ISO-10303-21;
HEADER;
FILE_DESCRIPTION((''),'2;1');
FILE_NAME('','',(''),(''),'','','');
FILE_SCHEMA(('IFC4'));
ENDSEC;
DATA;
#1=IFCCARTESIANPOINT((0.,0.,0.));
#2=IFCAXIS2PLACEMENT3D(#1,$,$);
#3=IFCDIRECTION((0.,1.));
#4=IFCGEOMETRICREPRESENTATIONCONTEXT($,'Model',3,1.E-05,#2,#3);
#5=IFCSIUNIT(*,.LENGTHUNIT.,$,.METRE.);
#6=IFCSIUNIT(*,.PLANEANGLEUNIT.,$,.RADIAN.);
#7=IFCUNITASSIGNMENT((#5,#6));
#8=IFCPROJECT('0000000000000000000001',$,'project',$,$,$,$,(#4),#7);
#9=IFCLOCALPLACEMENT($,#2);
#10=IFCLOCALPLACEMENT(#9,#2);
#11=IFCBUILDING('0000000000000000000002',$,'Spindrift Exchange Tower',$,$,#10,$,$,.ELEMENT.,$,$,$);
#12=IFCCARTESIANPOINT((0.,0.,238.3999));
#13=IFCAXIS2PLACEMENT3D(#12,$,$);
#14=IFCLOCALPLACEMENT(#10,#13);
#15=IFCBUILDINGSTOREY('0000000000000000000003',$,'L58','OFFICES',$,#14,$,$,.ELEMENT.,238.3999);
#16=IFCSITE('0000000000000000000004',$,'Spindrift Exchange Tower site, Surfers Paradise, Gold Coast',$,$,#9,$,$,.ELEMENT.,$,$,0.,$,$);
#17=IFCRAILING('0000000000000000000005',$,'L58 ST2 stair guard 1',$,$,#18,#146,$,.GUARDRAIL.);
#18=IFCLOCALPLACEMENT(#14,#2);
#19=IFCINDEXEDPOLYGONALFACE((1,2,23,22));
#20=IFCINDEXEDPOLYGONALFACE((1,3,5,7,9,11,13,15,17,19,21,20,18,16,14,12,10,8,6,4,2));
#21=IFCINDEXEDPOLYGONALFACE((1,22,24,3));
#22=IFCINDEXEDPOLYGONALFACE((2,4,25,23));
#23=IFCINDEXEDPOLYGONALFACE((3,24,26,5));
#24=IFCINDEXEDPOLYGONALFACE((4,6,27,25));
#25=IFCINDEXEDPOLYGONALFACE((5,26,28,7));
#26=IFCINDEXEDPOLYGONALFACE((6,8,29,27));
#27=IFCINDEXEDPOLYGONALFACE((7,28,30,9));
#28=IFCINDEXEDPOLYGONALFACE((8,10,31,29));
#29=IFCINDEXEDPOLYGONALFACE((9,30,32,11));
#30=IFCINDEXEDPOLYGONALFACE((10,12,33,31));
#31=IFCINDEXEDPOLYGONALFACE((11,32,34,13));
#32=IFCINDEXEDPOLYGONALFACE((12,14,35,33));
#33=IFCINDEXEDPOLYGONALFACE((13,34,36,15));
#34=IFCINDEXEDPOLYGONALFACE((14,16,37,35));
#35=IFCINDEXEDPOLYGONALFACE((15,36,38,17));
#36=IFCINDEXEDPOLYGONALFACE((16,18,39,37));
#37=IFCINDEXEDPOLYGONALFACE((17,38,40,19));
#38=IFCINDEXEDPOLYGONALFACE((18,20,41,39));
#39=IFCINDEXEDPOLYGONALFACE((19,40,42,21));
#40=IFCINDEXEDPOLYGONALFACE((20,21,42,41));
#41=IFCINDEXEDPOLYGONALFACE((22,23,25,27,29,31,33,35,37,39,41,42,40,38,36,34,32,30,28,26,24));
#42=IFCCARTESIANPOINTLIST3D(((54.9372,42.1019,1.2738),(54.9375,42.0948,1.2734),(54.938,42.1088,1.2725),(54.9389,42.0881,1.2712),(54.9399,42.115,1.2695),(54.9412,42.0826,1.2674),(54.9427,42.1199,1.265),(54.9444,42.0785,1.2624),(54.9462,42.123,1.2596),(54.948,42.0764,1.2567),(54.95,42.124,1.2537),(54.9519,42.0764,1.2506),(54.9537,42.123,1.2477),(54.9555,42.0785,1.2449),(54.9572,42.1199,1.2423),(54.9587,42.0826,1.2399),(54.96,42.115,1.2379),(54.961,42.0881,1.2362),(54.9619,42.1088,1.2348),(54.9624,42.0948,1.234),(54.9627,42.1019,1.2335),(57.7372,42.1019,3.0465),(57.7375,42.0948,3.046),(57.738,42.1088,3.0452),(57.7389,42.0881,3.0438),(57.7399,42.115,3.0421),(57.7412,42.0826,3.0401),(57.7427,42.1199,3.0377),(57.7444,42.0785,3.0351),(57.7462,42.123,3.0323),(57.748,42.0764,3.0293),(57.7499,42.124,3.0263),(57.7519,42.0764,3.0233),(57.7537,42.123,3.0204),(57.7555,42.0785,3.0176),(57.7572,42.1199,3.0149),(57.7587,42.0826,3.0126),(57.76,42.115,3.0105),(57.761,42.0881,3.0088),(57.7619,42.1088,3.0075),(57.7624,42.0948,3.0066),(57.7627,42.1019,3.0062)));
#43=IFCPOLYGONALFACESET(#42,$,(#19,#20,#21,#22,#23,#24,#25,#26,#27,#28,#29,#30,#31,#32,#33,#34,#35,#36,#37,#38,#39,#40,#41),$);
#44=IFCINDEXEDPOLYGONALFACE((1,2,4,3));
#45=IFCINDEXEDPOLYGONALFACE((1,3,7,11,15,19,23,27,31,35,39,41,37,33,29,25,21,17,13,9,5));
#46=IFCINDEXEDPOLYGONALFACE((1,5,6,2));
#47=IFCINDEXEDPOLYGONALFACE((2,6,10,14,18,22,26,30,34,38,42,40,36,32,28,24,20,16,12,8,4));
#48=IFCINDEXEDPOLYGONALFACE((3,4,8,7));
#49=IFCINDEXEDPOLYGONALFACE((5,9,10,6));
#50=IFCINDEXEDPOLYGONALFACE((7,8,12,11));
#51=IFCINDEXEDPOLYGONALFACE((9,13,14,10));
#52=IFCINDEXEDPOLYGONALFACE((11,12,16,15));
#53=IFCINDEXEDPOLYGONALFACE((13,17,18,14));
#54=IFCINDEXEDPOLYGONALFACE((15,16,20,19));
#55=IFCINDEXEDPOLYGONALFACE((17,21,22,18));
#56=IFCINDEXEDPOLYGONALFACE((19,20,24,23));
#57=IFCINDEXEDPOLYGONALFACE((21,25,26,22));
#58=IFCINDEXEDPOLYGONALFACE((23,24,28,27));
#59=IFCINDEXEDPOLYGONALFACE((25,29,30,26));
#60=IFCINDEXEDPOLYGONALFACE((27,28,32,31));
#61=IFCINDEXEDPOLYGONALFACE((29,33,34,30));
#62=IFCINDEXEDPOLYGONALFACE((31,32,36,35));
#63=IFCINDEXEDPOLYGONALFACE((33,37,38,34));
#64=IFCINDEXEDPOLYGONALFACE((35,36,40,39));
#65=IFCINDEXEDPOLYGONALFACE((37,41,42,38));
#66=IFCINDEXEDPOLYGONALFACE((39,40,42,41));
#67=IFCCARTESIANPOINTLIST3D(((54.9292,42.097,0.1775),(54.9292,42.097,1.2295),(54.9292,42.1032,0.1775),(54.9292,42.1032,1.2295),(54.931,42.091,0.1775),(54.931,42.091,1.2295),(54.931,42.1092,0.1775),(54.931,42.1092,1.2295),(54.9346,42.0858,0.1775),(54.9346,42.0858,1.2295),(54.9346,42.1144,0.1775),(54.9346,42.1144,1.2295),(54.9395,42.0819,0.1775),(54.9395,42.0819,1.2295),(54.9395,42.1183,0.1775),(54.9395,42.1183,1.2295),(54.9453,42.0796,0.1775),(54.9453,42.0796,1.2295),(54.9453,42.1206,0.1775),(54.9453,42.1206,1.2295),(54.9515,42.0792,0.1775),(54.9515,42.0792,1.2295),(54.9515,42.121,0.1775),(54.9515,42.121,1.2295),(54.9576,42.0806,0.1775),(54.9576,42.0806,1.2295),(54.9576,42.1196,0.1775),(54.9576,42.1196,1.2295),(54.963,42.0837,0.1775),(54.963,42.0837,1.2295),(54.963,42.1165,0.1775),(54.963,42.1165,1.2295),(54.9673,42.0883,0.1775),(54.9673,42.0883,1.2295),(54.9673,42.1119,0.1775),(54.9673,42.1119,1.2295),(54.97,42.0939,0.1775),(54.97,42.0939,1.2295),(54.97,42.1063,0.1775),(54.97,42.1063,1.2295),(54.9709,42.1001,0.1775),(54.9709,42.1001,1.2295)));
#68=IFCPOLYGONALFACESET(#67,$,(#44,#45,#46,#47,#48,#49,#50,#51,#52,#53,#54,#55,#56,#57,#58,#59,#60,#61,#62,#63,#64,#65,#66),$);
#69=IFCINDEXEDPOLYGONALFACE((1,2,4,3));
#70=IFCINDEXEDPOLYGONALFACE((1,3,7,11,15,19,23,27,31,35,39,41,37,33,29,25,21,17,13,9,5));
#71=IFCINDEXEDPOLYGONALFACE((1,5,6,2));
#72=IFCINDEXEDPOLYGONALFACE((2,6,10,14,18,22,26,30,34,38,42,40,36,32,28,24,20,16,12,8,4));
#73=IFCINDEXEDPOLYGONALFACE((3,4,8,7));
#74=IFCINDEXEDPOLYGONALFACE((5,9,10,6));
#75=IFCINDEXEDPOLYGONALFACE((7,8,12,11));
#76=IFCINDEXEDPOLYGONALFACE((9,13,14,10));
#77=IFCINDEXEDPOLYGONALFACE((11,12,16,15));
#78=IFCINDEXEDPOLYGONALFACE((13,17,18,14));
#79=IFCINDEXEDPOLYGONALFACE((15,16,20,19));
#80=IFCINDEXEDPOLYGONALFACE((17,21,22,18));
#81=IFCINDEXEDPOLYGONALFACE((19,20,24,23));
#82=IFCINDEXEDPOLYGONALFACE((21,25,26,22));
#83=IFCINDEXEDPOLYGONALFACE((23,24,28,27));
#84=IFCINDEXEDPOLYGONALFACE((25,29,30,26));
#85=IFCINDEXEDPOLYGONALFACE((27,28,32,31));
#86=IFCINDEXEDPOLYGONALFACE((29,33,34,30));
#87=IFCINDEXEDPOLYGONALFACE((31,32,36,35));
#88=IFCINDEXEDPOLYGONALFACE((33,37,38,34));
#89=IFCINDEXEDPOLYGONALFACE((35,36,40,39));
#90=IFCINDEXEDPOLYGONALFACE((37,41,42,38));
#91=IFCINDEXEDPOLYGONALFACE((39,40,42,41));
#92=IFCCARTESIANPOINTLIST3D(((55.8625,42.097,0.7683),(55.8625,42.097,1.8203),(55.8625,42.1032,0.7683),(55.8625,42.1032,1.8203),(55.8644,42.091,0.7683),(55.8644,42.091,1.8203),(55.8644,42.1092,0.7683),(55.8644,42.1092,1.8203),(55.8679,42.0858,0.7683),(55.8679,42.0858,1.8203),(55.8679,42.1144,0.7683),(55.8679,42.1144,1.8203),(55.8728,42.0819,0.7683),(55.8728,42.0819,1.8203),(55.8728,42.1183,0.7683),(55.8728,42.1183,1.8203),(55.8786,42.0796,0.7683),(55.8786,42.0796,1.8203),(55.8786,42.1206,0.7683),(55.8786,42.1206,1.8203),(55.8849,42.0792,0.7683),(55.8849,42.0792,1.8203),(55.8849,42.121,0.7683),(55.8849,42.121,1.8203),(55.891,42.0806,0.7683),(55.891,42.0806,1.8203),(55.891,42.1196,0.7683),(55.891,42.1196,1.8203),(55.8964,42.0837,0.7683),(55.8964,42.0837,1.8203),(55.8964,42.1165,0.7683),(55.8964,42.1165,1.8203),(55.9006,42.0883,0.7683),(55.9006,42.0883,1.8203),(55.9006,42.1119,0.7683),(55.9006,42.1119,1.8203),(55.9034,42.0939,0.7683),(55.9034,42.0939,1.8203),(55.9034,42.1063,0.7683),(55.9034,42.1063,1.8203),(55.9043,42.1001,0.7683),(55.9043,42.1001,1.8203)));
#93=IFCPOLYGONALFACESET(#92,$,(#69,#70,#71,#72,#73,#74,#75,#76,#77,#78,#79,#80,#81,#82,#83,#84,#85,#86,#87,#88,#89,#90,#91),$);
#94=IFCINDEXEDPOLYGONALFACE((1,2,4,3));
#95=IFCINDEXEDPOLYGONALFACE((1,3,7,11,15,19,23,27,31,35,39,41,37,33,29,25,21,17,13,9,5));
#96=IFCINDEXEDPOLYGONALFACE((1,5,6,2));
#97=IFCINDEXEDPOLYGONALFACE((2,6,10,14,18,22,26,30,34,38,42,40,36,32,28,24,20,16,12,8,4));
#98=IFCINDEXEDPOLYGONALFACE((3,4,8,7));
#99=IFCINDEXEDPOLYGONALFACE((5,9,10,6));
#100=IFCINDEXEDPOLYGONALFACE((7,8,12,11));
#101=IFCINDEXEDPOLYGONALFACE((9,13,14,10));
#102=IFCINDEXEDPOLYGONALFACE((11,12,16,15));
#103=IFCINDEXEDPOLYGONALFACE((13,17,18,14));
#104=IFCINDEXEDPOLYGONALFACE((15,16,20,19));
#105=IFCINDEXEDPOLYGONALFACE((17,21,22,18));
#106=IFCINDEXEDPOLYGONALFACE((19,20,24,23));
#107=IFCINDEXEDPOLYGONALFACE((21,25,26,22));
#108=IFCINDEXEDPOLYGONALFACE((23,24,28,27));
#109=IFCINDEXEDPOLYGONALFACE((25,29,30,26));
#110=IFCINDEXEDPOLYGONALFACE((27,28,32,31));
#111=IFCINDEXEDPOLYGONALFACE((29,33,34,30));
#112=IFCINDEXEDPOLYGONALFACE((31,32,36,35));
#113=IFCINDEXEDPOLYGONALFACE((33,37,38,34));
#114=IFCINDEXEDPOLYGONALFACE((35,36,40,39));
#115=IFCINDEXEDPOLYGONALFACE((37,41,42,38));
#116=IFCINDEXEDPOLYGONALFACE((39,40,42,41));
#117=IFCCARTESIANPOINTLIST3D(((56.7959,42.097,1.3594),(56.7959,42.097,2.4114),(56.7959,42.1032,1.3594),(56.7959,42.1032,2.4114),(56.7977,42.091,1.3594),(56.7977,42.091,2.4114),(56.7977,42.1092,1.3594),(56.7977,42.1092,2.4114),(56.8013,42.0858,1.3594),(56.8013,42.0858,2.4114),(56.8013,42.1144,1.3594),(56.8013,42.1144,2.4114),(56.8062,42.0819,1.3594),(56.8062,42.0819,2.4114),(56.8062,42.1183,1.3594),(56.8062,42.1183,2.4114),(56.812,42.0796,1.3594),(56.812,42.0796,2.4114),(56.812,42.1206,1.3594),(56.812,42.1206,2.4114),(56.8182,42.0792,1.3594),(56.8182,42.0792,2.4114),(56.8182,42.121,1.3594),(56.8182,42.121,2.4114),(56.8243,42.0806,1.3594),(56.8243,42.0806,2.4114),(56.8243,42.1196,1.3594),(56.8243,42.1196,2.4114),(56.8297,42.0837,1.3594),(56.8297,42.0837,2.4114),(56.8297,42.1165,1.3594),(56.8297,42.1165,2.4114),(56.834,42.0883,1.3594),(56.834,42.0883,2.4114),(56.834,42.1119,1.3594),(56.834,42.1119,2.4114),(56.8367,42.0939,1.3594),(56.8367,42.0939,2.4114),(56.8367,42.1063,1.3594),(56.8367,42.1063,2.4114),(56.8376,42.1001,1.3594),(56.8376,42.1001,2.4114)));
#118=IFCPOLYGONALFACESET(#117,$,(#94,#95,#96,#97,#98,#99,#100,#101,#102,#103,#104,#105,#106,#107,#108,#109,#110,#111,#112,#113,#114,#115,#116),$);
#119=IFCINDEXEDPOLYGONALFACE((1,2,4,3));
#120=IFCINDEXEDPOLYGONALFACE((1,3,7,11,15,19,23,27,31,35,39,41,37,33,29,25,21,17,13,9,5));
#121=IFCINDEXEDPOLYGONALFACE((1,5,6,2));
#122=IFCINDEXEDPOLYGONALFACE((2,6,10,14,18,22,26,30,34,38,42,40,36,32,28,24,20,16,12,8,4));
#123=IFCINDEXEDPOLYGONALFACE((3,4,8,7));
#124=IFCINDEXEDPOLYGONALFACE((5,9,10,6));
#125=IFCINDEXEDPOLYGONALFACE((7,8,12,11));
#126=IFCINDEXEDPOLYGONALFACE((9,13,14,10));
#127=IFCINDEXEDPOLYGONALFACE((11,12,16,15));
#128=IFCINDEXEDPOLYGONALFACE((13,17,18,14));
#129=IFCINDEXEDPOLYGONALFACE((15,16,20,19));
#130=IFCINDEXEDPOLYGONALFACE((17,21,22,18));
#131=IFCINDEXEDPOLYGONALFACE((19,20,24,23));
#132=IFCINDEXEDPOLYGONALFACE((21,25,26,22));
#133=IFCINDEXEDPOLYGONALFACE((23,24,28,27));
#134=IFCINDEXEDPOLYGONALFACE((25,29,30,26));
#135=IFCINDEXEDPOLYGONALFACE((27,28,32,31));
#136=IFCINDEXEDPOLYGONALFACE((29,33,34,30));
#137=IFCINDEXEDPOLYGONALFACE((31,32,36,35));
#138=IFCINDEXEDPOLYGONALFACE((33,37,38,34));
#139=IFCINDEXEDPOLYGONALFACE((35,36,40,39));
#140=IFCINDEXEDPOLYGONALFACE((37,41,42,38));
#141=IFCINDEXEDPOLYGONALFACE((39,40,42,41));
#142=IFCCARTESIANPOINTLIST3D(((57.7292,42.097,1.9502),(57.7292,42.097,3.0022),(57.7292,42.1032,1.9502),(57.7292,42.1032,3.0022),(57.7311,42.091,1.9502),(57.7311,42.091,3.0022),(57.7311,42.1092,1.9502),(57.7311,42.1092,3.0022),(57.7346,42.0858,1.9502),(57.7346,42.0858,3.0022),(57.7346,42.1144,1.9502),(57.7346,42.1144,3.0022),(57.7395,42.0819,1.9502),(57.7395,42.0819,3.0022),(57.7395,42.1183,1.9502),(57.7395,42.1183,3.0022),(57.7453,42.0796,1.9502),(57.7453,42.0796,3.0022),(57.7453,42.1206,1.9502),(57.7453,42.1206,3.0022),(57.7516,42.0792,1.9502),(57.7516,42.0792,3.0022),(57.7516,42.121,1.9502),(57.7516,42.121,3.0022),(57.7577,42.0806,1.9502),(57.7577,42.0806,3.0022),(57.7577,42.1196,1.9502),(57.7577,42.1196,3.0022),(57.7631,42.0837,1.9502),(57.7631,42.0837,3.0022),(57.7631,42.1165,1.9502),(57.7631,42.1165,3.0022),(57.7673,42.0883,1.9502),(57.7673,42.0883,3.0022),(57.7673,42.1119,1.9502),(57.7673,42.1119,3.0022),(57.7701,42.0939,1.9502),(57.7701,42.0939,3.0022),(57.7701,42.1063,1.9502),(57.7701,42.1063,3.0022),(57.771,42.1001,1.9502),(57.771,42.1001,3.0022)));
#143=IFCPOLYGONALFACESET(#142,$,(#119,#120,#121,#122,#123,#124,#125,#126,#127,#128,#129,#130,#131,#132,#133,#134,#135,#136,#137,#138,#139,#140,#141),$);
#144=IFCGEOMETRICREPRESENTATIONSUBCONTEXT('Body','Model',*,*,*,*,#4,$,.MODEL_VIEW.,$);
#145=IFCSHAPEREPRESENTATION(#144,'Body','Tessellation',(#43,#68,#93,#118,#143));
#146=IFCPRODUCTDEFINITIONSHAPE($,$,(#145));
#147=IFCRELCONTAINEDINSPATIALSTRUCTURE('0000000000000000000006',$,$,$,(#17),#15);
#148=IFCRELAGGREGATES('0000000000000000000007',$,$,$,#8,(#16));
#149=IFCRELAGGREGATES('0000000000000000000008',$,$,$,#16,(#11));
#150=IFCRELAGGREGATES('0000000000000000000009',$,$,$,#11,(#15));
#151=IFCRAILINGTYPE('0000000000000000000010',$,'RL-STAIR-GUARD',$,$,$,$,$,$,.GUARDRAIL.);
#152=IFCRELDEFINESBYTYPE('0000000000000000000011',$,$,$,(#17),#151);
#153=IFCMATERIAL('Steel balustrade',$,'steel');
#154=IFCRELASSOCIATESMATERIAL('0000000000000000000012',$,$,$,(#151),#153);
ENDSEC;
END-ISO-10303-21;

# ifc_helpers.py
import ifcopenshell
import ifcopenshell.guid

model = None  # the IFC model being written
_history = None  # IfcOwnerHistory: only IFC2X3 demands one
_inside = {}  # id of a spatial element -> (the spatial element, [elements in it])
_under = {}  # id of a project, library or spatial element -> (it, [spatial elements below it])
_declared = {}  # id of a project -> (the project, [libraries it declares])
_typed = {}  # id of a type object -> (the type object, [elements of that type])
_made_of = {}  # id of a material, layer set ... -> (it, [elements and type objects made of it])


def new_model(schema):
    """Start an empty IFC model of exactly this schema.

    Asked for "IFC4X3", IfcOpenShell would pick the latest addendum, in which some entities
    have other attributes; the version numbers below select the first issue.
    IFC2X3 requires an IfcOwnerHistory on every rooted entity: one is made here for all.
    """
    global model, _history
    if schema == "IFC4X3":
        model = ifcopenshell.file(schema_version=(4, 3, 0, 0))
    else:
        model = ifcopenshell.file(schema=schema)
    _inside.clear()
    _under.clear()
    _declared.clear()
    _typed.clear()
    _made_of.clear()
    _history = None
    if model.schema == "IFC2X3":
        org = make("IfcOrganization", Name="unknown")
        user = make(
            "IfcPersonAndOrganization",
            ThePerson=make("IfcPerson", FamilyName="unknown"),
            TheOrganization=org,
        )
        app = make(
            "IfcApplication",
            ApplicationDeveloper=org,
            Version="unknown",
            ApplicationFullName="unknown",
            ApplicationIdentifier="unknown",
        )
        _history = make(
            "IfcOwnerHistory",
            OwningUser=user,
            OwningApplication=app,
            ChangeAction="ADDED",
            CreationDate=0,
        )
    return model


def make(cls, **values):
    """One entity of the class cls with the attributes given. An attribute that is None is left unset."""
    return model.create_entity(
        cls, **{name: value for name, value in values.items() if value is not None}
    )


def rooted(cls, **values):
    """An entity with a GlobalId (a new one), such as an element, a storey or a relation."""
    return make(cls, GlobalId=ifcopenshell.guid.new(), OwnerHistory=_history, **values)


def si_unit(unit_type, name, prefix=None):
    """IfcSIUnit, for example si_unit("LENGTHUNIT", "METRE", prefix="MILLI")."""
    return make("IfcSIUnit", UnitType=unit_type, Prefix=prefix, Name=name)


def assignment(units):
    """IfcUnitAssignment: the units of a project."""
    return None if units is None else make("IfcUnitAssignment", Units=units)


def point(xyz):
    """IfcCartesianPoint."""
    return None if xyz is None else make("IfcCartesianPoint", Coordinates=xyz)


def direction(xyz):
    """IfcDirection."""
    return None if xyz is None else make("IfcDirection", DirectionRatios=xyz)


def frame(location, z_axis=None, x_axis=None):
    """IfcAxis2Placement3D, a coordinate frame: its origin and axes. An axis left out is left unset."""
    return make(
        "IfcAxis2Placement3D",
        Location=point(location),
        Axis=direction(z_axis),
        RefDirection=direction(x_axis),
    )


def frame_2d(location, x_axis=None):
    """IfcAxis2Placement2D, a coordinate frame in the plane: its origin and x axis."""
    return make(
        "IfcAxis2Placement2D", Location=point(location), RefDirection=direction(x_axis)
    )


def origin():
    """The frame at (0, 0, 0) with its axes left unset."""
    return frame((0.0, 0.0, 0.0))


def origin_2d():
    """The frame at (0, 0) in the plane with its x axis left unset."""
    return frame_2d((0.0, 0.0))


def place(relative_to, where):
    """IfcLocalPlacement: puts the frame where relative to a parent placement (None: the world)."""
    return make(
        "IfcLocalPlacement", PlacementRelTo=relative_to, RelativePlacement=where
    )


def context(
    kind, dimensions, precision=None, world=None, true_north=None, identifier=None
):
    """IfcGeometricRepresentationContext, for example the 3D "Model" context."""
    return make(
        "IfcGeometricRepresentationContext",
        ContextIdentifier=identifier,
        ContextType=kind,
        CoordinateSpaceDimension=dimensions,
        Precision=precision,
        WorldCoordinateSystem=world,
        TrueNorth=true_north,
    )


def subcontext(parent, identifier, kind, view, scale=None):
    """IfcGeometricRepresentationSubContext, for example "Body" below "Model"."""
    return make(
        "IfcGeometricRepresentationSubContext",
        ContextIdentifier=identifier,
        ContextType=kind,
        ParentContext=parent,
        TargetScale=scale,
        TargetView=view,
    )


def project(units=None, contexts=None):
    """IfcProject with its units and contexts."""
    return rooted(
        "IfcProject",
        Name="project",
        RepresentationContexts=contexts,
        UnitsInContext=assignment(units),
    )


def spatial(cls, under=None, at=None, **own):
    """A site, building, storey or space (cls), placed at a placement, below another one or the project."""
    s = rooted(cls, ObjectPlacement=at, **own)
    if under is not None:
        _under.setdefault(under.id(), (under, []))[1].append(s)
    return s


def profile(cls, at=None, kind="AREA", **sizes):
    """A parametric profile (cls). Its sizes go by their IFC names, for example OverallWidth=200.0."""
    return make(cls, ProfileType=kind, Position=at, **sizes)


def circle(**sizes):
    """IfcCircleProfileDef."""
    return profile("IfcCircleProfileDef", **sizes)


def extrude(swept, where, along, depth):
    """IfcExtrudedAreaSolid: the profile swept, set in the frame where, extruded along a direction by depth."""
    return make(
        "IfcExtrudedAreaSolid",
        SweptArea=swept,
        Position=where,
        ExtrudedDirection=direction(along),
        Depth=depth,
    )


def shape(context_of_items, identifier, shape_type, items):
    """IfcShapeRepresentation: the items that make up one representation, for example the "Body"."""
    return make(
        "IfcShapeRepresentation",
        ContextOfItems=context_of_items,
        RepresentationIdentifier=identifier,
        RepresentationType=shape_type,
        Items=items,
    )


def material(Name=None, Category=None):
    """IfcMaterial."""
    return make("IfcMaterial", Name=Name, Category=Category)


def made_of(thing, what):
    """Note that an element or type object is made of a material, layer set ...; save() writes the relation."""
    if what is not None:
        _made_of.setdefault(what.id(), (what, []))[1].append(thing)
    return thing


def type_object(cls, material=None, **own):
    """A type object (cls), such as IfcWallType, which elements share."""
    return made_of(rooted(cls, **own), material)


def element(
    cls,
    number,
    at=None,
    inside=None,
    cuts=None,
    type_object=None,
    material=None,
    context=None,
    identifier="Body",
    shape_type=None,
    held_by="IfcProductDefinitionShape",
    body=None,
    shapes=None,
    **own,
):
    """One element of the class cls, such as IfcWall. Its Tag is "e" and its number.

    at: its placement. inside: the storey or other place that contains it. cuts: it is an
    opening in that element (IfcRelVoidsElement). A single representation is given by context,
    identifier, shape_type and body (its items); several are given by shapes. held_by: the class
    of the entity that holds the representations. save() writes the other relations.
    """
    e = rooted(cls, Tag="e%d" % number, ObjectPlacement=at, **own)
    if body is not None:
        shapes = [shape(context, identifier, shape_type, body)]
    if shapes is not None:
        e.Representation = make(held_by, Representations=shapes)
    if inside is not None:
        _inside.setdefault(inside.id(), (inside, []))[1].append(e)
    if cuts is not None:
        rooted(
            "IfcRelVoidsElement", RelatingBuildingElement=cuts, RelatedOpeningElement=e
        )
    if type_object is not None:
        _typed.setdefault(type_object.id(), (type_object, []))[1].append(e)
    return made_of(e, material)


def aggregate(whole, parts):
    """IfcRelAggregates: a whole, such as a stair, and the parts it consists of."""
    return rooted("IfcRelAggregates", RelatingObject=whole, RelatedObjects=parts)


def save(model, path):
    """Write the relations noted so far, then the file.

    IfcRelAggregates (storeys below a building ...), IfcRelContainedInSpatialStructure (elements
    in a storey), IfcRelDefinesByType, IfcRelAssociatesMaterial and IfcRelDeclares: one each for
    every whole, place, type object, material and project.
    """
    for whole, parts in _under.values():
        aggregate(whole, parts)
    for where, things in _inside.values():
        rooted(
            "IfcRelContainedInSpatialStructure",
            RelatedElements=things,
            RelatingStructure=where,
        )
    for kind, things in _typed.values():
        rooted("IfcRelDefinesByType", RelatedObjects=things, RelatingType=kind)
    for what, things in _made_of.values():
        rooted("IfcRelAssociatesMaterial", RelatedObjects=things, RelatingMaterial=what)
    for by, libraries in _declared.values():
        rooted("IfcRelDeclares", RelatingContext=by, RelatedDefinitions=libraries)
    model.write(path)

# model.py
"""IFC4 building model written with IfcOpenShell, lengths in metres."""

from ifc_helpers import new_model, si_unit, direction, frame, origin, origin_2d, place, context, subcontext, project, spatial, circle, extrude, material, type_object, element, save


model = new_model("IFC4")

# Units and contexts
model_context = context("Model", 3, precision=1e-05, world=origin(), true_north=direction((0.0, 1.0)))
body_context = subcontext(model_context, "Body", "Model", "MODEL_VIEW")
ifc_project = project(units=[si_unit("LENGTHUNIT", "METRE"), si_unit("PLANEANGLEUNIT", "RADIAN")], contexts=[model_context])

# Site, building, storey
site_placement = place(None, origin())
site = spatial("IfcSite", under=ifc_project, at=site_placement, Name="Spindrift Exchange Tower site, Surfers Paradise, Gold Coast", CompositionType="ELEMENT", RefElevation=0.0)
building_placement = place(site_placement, origin())
building = spatial("IfcBuilding", under=site, at=building_placement, Name="Spindrift Exchange Tower", CompositionType="ELEMENT")
storey_placement = place(building_placement, frame((0.0, 0.0, 238.3999)))
storey = spatial("IfcBuildingStorey", under=building, at=storey_placement, Name="L58", Description="OFFICES", CompositionType="ELEMENT", Elevation=238.3999)

# Railing
ifc_material_1 = material(Name="Steel balustrade", Category="steel")
railing_type_1 = type_object("IfcRailingType", Name="RL-STAIR-GUARD", PredefinedType="GUARDRAIL", material=ifc_material_1)
railing_1_placement = place(storey_placement, frame((54.95, 42.1001, 0.1775)))
element("IfcRailing", 1, at=railing_1_placement, inside=storey, type_object=railing_type_1, Name="L58 ST2 stair guard 1", PredefinedType="GUARDRAIL", context=body_context, shape_type="SweptSolid", body=[
    extrude(circle(Radius=0.0239, at=origin_2d()), frame((0.0, 0.0, 1.0762), z_axis=(0.844909, 0.0, 0.53491), x_axis=(0.0, 1.0, 0.0)), (0.0, 0.0, 1.0), 3.314),
    extrude(circle(Radius=0.021, at=origin_2d()), origin(), (0.0, 0.0, 1.0), 1.052),
    extrude(circle(Radius=0.021, at=origin_2d()), frame((0.9333, 0.0, 0.5908)), (0.0, 0.0, 1.0), 1.052),
    extrude(circle(Radius=0.021, at=origin_2d()), frame((1.8667, 0.0, 1.1819)), (0.0, 0.0, 1.0), 1.052),
    extrude(circle(Radius=0.021, at=origin_2d()), frame((2.8, 0.0, 1.7727)), (0.0, 0.0, 1.0), 1.052),
])

save(model, "model.ifc")
